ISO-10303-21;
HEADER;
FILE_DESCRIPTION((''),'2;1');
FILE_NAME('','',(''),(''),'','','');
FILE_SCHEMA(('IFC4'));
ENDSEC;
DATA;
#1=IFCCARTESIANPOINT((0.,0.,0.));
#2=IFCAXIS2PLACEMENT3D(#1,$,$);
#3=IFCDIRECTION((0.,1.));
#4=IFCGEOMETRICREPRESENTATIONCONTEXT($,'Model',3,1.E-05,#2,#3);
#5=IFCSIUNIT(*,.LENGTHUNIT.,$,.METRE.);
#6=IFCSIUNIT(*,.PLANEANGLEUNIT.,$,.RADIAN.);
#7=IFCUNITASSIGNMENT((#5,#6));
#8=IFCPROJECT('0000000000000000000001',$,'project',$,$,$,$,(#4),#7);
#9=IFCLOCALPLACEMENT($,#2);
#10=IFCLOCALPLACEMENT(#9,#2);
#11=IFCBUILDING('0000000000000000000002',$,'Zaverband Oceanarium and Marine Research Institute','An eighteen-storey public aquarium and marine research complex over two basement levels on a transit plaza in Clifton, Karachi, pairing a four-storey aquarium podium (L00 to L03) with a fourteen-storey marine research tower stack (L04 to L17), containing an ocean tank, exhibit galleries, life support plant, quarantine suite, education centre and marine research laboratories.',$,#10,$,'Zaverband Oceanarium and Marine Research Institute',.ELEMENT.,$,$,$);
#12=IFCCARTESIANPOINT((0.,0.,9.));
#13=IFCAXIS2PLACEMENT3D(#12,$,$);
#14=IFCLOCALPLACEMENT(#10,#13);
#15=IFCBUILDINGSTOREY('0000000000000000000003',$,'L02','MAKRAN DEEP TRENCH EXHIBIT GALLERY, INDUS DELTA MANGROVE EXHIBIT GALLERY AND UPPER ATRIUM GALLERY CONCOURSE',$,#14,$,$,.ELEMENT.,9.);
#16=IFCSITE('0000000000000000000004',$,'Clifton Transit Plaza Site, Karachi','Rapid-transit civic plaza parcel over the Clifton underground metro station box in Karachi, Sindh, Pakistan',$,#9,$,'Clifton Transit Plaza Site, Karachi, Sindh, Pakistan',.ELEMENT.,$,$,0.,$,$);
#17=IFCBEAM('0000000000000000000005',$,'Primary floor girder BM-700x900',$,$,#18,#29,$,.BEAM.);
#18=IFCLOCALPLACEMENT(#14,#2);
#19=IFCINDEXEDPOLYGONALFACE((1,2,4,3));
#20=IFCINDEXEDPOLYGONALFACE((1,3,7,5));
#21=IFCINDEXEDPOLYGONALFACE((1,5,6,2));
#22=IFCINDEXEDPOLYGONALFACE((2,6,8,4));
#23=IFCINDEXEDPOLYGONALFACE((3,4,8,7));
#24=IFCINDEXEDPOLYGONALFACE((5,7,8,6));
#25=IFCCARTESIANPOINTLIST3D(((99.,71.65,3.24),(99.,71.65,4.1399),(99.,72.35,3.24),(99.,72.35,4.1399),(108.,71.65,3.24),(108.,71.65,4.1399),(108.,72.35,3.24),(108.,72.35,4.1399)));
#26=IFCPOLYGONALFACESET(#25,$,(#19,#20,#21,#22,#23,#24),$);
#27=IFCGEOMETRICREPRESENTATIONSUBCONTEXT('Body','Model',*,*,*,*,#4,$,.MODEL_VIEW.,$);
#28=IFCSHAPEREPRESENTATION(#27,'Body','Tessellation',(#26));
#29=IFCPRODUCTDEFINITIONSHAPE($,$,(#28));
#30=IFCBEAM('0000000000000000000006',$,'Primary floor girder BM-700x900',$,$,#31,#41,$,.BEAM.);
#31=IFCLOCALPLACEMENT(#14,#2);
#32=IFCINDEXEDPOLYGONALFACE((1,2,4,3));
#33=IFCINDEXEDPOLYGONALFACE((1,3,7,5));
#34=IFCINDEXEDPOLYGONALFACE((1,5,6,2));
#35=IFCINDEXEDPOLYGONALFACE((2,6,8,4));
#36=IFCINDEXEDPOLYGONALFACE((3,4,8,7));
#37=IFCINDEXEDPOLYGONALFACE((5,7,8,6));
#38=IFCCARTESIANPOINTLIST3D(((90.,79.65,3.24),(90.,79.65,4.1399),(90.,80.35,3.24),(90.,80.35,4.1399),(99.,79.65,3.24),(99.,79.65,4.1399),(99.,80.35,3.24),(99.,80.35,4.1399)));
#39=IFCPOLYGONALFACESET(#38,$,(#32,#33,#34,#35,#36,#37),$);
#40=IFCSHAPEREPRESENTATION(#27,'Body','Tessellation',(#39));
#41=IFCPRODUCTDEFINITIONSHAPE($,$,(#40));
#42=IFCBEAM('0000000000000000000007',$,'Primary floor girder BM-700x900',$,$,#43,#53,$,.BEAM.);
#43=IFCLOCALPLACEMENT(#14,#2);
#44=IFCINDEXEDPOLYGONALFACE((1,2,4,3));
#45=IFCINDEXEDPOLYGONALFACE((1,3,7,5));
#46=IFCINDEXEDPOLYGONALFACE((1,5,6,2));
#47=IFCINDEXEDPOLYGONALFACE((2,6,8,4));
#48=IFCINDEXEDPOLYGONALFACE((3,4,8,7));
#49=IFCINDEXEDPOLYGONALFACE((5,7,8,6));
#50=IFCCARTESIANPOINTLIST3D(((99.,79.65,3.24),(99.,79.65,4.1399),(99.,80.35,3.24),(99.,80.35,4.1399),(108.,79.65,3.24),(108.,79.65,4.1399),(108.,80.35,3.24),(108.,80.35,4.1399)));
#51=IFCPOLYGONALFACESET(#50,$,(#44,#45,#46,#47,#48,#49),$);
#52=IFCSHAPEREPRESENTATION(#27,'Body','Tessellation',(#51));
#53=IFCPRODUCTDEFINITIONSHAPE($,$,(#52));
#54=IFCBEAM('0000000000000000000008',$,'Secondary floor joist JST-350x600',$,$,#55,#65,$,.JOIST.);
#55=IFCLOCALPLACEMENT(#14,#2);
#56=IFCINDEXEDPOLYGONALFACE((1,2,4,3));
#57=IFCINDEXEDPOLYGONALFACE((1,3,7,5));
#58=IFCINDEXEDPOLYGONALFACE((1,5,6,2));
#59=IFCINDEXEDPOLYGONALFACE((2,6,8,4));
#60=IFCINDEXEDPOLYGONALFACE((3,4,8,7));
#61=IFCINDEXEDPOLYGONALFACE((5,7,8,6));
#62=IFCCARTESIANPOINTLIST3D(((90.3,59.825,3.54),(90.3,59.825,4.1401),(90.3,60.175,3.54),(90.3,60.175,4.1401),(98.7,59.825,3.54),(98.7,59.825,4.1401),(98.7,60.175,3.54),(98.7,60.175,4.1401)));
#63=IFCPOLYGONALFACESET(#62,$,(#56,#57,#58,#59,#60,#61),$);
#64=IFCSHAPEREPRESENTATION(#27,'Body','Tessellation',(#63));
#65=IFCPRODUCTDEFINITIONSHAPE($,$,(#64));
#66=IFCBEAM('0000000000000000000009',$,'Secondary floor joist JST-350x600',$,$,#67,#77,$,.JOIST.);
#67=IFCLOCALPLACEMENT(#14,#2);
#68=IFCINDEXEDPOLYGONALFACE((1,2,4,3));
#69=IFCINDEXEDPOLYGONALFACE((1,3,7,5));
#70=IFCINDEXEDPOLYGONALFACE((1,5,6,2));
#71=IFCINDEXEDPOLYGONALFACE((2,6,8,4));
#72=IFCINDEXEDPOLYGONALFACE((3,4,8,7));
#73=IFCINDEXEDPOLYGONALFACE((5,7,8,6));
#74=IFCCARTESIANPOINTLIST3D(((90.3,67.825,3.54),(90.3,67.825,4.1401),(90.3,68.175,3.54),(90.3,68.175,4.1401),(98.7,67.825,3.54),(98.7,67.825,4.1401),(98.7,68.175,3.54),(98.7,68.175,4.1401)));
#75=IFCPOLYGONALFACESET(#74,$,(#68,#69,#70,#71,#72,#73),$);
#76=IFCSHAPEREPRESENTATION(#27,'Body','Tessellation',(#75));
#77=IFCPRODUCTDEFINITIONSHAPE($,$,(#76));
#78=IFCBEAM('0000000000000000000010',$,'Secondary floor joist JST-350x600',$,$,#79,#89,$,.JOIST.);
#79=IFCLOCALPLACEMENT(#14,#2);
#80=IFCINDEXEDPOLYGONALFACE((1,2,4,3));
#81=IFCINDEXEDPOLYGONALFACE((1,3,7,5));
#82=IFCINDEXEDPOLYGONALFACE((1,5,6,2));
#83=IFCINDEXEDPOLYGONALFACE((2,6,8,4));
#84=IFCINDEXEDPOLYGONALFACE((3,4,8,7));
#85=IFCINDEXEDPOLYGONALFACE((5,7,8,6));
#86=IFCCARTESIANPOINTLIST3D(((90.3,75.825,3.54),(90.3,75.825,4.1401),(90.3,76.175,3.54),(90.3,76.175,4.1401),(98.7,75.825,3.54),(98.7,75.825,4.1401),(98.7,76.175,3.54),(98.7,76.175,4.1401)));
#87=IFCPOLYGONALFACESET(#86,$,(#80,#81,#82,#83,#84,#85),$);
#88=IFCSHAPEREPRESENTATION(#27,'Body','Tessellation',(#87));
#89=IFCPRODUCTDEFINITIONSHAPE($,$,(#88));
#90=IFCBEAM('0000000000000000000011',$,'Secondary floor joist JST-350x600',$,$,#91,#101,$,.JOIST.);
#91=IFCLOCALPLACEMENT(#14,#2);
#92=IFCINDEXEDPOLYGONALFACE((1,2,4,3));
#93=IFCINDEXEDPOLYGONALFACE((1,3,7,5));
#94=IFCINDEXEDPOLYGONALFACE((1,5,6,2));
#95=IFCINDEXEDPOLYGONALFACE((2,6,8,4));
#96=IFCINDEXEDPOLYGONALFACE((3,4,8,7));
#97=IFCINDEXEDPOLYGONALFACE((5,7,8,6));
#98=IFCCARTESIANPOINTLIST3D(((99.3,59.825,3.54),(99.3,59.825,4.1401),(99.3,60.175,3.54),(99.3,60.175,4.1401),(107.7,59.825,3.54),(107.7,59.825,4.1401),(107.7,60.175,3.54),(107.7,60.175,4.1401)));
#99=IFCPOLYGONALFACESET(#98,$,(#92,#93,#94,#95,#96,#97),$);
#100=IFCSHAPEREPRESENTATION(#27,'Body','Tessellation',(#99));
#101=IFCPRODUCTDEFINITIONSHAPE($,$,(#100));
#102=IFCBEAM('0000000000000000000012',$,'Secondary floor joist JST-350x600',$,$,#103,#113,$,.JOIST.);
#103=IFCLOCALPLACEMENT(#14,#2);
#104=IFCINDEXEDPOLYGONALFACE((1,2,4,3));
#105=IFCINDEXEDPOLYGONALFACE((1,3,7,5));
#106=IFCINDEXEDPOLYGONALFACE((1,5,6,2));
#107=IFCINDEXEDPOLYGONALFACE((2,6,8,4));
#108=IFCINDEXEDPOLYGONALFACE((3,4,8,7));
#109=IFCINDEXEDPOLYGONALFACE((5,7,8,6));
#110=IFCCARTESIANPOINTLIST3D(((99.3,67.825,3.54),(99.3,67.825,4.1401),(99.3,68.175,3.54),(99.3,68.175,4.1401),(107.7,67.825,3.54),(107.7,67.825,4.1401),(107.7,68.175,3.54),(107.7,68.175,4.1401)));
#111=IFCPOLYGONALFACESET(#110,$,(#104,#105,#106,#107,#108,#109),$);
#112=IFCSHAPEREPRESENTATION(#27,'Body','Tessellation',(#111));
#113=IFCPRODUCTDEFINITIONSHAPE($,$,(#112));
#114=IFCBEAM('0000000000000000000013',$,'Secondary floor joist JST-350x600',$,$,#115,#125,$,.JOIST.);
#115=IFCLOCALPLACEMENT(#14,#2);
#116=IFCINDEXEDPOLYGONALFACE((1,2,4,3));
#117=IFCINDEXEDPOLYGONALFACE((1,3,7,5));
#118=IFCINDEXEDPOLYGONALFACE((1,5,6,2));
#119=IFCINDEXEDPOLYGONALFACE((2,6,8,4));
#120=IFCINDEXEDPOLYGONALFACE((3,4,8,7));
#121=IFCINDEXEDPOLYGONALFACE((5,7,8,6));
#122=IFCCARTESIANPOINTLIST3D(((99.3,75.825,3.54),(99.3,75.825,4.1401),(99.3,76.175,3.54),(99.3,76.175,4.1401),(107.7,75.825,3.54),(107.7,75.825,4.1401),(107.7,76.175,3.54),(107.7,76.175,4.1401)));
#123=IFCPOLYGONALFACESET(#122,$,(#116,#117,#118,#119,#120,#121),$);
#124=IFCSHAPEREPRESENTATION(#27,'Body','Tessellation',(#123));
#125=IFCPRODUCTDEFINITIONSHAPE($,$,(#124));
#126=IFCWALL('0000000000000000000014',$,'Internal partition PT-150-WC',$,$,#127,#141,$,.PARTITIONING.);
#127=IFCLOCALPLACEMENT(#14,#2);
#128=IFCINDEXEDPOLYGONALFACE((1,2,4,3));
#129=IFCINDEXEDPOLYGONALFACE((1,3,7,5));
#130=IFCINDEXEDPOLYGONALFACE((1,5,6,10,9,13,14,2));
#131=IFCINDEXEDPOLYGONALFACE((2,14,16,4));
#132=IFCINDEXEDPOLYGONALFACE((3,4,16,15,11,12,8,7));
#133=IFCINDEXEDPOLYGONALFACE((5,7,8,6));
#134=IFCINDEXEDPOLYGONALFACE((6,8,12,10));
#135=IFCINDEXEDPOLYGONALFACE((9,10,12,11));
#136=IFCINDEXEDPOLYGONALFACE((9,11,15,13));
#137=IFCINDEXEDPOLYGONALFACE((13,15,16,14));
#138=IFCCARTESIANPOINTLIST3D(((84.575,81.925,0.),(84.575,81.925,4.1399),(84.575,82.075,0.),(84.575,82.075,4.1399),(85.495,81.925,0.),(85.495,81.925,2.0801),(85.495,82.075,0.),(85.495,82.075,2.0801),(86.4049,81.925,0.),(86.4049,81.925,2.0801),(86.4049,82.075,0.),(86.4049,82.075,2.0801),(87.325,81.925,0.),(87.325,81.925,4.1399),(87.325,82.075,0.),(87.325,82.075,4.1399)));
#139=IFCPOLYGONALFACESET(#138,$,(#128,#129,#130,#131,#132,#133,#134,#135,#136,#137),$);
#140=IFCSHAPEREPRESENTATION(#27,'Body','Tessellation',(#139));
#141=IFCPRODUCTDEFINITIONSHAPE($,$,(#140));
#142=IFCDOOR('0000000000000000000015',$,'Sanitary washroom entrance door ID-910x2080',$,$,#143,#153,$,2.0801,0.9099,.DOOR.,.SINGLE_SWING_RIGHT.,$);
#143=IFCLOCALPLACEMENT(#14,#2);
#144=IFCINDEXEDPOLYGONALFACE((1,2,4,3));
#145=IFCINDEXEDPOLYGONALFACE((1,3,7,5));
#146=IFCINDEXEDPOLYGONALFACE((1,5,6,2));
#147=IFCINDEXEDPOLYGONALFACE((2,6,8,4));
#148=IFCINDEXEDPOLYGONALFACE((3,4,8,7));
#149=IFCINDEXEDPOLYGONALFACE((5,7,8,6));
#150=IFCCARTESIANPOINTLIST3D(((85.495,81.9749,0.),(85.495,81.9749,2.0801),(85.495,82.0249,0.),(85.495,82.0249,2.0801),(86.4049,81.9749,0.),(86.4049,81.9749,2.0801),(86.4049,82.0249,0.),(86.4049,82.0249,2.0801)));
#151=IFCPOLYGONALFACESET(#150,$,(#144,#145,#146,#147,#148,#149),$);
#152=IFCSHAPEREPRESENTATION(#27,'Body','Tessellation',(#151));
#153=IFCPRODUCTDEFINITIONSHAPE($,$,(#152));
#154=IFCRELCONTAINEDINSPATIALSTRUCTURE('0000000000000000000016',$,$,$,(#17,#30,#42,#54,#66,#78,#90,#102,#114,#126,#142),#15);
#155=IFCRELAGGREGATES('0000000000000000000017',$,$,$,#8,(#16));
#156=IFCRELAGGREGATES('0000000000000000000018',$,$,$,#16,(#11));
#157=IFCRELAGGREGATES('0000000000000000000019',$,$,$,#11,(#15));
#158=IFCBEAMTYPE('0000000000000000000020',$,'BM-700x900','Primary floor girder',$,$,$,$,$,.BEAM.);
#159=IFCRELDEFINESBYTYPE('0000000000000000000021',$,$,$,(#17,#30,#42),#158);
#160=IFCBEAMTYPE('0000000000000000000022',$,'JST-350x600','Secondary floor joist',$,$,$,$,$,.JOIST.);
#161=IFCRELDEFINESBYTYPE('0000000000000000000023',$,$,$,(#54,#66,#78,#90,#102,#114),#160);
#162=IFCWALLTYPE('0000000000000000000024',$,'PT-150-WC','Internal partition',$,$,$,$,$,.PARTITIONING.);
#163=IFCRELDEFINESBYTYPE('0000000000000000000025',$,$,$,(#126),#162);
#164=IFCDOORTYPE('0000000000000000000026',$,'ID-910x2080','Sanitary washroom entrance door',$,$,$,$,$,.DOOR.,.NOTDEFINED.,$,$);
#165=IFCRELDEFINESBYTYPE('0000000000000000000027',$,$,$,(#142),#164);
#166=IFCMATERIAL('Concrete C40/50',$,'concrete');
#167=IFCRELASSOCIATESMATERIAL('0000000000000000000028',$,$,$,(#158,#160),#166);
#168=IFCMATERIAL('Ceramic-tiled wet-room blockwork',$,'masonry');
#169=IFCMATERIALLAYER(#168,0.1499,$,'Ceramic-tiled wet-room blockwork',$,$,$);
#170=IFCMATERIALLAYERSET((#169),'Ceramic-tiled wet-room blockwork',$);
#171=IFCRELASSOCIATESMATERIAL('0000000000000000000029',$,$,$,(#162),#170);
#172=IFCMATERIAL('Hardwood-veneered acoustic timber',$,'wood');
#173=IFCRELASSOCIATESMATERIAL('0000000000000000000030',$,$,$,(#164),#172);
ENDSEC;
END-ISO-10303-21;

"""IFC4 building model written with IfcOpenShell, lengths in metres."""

from ifc_helpers import new_model, si_unit, direction, frame, frame_2d, origin, origin_2d, place, context, subcontext, project, spatial, rectangle, extrude, material, layer, layer_set, material_profile, profile_set, type_object, element, fill, save


model = new_model("IFC4")

# Units and contexts
model_context = context("Model", 3, precision=1e-05, world=origin(), true_north=direction((0.0, 1.0)))
body_context = subcontext(model_context, "Body", "Model", "MODEL_VIEW")
ifc_project = project(units=[si_unit("LENGTHUNIT", "METRE"), si_unit("PLANEANGLEUNIT", "RADIAN")], contexts=[model_context])

# Site, building, storey
site_placement = place(None, origin())
site = spatial("IfcSite", under=ifc_project, at=site_placement, Name="Clifton Transit Plaza Site, Karachi", Description="Rapid-transit civic plaza parcel over the Clifton underground metro station box in Karachi, Sindh, Pakistan", LongName="Clifton Transit Plaza Site, Karachi, Sindh, Pakistan", CompositionType="ELEMENT", RefElevation=0.0)
building_placement = place(site_placement, origin())
building = spatial("IfcBuilding", under=site, at=building_placement, Name="Zaverband Oceanarium and Marine Research Institute", Description="An eighteen-storey public aquarium and marine research complex over two basement levels on a transit plaza in Clifton, Karachi, pairing a four-storey aquarium podium (L00 to L03) with a fourteen-storey marine research tower stack (L04 to L17), containing an ocean tank, exhibit galleries, life support plant, quarantine suite, education centre and marine research laboratories.", LongName="Zaverband Oceanarium and Marine Research Institute", CompositionType="ELEMENT")
storey_placement = place(building_placement, frame((0.0, 0.0, 9.0)))
storey = spatial("IfcBuildingStorey", under=building, at=storey_placement, Name="L02", Description="MAKRAN DEEP TRENCH EXHIBIT GALLERY, INDUS DELTA MANGROVE EXHIBIT GALLERY AND UPPER ATRIUM GALLERY CONCOURSE", CompositionType="ELEMENT", Elevation=9.0)

# Beams
ifc_material_1 = material(Name="Concrete C40/50", Category="concrete")
ifc_material_profile_1 = material_profile(ifc_material_1, rectangle(XDim=0.7, YDim=0.8999, at=origin_2d()), Name="RC700x900")
ifc_profile_set_1 = profile_set([ifc_material_profile_1], Name="Concrete C40/50")
beam_type_1 = type_object("IfcBeamType", Name="BM-700x900", Description="Primary floor girder", PredefinedType="BEAM", material=ifc_profile_set_1)
for number, where, z_axis, x_axis, name in (
    (1, (99.0, 72.0, 3.6899), (1.0, 0.0, 0.0), (0.0, 1.0, 0.0), "Primary floor girder BM-700x900"),
    (2, (90.0, 80.0, 3.6899), (1.0, 0.0, 0.0), (0.0, 1.0, 0.0), "Primary floor girder BM-700x900"),
    (3, (99.0, 80.0, 3.6899), (1.0, 0.0, 0.0), (0.0, 1.0, 0.0), "Primary floor girder BM-700x900"),
):
    element("IfcBeam", number, at=place(storey_placement, frame(where, z_axis=z_axis, x_axis=x_axis)), inside=storey, type_object=beam_type_1, Name=name, PredefinedType="BEAM", context=body_context, shape_type="SweptSolid", body=[
        extrude(rectangle(XDim=0.7, YDim=0.8999, at=origin_2d()), origin(), (0.0, 0.0, 1.0), 9.0),
    ])
ifc_material_profile_2 = material_profile(ifc_material_1, rectangle(XDim=0.3501, YDim=0.6001, at=origin_2d()), Name="RC350x600")
ifc_profile_set_2 = profile_set([ifc_material_profile_2], Name="Concrete C40/50")
beam_type_2 = type_object("IfcBeamType", Name="JST-350x600", Description="Secondary floor joist", PredefinedType="JOIST", material=ifc_profile_set_2)
for number, where, z_axis, x_axis, name in (
    (4, (90.3, 60.0, 3.8401), (1.0, 0.0, 0.0), (0.0, 1.0, 0.0), "Secondary floor joist JST-350x600"),
    (5, (90.3, 68.0, 3.8401), (1.0, 0.0, 0.0), (0.0, 1.0, 0.0), "Secondary floor joist JST-350x600"),
    (6, (90.3, 76.0, 3.8401), (1.0, 0.0, 0.0), (0.0, 1.0, 0.0), "Secondary floor joist JST-350x600"),
    (7, (99.3, 60.0, 3.8401), (1.0, 0.0, 0.0), (0.0, 1.0, 0.0), "Secondary floor joist JST-350x600"),
    (8, (99.3, 68.0, 3.8401), (1.0, 0.0, 0.0), (0.0, 1.0, 0.0), "Secondary floor joist JST-350x600"),
    (9, (99.3, 76.0, 3.8401), (1.0, 0.0, 0.0), (0.0, 1.0, 0.0), "Secondary floor joist JST-350x600"),
):
    element("IfcBeam", number, at=place(storey_placement, frame(where, z_axis=z_axis, x_axis=x_axis)), inside=storey, type_object=beam_type_2, Name=name, PredefinedType="JOIST", context=body_context, shape_type="SweptSolid", body=[
        extrude(rectangle(XDim=0.3501, YDim=0.6001, at=origin_2d()), origin(), (0.0, 0.0, 1.0), 8.3999),
    ])

# Wall, opening, door
ifc_material_2 = material(Name="Ceramic-tiled wet-room blockwork", Category="masonry")
ifc_layer = layer(ifc_material_2, 0.1499, Name="Ceramic-tiled wet-room blockwork")
ifc_layer_set = layer_set([ifc_layer], Name="Ceramic-tiled wet-room blockwork")
wall_type = type_object("IfcWallType", Name="PT-150-WC", Description="Internal partition", PredefinedType="PARTITIONING", material=ifc_layer_set)
wall_placement = place(storey_placement, frame((84.575, 82.0, 0.0), z_axis=(0.0, 0.0, 1.0), x_axis=(1.0, 0.0, 0.0)))
wall = element("IfcWall", 10, at=wall_placement, inside=storey, type_object=wall_type, Name="Internal partition PT-150-WC", PredefinedType="PARTITIONING", context=body_context, shape_type="SweptSolid", body=[
    extrude(rectangle(XDim=2.75, YDim=0.1499, at=frame_2d((1.375, 0.0))), origin(), (0.0, 0.0, 1.0), 4.1399),
])
opening_placement = place(wall_placement, frame((0.9199, 0.0, 0.0)))
opening = element("IfcOpeningElement", 11, at=opening_placement, cuts=wall, PredefinedType="OPENING", context=body_context, shape_type="SweptSolid", body=[
    extrude(rectangle(XDim=0.9099, YDim=2.0801, at=frame_2d((0.4551, 1.04))), frame((0.0, 0.0869, 0.0), z_axis=(0.0, -1.0, 0.0), x_axis=(1.0, 0.0, 0.0)), (0.0, 0.0, 1.0), 0.1738),
])
ifc_material_3 = material(Name="Hardwood-veneered acoustic timber", Category="wood")
door_type = type_object("IfcDoorType", Name="ID-910x2080", Description="Sanitary washroom entrance door", OperationType="NOTDEFINED", PredefinedType="DOOR", material=ifc_material_3)
door_placement = place(opening_placement, origin())
door = element("IfcDoor", 12, at=door_placement, inside=storey, type_object=door_type, Name="Sanitary washroom entrance door ID-910x2080", OperationType="SINGLE_SWING_RIGHT", OverallHeight=2.0801, OverallWidth=0.9099, PredefinedType="DOOR", context=body_context, shape_type="SweptSolid", body=[
    extrude(rectangle(XDim=0.9099, YDim=2.0801, at=frame_2d((0.4551, 1.04))), frame((0.0, 0.0249, 0.0), z_axis=(0.0, -1.0, 0.0), x_axis=(1.0, 0.0, 0.0)), (0.0, 0.0, 1.0), 0.05),
])
fill(opening, door)

save(model, "model.ifc")
